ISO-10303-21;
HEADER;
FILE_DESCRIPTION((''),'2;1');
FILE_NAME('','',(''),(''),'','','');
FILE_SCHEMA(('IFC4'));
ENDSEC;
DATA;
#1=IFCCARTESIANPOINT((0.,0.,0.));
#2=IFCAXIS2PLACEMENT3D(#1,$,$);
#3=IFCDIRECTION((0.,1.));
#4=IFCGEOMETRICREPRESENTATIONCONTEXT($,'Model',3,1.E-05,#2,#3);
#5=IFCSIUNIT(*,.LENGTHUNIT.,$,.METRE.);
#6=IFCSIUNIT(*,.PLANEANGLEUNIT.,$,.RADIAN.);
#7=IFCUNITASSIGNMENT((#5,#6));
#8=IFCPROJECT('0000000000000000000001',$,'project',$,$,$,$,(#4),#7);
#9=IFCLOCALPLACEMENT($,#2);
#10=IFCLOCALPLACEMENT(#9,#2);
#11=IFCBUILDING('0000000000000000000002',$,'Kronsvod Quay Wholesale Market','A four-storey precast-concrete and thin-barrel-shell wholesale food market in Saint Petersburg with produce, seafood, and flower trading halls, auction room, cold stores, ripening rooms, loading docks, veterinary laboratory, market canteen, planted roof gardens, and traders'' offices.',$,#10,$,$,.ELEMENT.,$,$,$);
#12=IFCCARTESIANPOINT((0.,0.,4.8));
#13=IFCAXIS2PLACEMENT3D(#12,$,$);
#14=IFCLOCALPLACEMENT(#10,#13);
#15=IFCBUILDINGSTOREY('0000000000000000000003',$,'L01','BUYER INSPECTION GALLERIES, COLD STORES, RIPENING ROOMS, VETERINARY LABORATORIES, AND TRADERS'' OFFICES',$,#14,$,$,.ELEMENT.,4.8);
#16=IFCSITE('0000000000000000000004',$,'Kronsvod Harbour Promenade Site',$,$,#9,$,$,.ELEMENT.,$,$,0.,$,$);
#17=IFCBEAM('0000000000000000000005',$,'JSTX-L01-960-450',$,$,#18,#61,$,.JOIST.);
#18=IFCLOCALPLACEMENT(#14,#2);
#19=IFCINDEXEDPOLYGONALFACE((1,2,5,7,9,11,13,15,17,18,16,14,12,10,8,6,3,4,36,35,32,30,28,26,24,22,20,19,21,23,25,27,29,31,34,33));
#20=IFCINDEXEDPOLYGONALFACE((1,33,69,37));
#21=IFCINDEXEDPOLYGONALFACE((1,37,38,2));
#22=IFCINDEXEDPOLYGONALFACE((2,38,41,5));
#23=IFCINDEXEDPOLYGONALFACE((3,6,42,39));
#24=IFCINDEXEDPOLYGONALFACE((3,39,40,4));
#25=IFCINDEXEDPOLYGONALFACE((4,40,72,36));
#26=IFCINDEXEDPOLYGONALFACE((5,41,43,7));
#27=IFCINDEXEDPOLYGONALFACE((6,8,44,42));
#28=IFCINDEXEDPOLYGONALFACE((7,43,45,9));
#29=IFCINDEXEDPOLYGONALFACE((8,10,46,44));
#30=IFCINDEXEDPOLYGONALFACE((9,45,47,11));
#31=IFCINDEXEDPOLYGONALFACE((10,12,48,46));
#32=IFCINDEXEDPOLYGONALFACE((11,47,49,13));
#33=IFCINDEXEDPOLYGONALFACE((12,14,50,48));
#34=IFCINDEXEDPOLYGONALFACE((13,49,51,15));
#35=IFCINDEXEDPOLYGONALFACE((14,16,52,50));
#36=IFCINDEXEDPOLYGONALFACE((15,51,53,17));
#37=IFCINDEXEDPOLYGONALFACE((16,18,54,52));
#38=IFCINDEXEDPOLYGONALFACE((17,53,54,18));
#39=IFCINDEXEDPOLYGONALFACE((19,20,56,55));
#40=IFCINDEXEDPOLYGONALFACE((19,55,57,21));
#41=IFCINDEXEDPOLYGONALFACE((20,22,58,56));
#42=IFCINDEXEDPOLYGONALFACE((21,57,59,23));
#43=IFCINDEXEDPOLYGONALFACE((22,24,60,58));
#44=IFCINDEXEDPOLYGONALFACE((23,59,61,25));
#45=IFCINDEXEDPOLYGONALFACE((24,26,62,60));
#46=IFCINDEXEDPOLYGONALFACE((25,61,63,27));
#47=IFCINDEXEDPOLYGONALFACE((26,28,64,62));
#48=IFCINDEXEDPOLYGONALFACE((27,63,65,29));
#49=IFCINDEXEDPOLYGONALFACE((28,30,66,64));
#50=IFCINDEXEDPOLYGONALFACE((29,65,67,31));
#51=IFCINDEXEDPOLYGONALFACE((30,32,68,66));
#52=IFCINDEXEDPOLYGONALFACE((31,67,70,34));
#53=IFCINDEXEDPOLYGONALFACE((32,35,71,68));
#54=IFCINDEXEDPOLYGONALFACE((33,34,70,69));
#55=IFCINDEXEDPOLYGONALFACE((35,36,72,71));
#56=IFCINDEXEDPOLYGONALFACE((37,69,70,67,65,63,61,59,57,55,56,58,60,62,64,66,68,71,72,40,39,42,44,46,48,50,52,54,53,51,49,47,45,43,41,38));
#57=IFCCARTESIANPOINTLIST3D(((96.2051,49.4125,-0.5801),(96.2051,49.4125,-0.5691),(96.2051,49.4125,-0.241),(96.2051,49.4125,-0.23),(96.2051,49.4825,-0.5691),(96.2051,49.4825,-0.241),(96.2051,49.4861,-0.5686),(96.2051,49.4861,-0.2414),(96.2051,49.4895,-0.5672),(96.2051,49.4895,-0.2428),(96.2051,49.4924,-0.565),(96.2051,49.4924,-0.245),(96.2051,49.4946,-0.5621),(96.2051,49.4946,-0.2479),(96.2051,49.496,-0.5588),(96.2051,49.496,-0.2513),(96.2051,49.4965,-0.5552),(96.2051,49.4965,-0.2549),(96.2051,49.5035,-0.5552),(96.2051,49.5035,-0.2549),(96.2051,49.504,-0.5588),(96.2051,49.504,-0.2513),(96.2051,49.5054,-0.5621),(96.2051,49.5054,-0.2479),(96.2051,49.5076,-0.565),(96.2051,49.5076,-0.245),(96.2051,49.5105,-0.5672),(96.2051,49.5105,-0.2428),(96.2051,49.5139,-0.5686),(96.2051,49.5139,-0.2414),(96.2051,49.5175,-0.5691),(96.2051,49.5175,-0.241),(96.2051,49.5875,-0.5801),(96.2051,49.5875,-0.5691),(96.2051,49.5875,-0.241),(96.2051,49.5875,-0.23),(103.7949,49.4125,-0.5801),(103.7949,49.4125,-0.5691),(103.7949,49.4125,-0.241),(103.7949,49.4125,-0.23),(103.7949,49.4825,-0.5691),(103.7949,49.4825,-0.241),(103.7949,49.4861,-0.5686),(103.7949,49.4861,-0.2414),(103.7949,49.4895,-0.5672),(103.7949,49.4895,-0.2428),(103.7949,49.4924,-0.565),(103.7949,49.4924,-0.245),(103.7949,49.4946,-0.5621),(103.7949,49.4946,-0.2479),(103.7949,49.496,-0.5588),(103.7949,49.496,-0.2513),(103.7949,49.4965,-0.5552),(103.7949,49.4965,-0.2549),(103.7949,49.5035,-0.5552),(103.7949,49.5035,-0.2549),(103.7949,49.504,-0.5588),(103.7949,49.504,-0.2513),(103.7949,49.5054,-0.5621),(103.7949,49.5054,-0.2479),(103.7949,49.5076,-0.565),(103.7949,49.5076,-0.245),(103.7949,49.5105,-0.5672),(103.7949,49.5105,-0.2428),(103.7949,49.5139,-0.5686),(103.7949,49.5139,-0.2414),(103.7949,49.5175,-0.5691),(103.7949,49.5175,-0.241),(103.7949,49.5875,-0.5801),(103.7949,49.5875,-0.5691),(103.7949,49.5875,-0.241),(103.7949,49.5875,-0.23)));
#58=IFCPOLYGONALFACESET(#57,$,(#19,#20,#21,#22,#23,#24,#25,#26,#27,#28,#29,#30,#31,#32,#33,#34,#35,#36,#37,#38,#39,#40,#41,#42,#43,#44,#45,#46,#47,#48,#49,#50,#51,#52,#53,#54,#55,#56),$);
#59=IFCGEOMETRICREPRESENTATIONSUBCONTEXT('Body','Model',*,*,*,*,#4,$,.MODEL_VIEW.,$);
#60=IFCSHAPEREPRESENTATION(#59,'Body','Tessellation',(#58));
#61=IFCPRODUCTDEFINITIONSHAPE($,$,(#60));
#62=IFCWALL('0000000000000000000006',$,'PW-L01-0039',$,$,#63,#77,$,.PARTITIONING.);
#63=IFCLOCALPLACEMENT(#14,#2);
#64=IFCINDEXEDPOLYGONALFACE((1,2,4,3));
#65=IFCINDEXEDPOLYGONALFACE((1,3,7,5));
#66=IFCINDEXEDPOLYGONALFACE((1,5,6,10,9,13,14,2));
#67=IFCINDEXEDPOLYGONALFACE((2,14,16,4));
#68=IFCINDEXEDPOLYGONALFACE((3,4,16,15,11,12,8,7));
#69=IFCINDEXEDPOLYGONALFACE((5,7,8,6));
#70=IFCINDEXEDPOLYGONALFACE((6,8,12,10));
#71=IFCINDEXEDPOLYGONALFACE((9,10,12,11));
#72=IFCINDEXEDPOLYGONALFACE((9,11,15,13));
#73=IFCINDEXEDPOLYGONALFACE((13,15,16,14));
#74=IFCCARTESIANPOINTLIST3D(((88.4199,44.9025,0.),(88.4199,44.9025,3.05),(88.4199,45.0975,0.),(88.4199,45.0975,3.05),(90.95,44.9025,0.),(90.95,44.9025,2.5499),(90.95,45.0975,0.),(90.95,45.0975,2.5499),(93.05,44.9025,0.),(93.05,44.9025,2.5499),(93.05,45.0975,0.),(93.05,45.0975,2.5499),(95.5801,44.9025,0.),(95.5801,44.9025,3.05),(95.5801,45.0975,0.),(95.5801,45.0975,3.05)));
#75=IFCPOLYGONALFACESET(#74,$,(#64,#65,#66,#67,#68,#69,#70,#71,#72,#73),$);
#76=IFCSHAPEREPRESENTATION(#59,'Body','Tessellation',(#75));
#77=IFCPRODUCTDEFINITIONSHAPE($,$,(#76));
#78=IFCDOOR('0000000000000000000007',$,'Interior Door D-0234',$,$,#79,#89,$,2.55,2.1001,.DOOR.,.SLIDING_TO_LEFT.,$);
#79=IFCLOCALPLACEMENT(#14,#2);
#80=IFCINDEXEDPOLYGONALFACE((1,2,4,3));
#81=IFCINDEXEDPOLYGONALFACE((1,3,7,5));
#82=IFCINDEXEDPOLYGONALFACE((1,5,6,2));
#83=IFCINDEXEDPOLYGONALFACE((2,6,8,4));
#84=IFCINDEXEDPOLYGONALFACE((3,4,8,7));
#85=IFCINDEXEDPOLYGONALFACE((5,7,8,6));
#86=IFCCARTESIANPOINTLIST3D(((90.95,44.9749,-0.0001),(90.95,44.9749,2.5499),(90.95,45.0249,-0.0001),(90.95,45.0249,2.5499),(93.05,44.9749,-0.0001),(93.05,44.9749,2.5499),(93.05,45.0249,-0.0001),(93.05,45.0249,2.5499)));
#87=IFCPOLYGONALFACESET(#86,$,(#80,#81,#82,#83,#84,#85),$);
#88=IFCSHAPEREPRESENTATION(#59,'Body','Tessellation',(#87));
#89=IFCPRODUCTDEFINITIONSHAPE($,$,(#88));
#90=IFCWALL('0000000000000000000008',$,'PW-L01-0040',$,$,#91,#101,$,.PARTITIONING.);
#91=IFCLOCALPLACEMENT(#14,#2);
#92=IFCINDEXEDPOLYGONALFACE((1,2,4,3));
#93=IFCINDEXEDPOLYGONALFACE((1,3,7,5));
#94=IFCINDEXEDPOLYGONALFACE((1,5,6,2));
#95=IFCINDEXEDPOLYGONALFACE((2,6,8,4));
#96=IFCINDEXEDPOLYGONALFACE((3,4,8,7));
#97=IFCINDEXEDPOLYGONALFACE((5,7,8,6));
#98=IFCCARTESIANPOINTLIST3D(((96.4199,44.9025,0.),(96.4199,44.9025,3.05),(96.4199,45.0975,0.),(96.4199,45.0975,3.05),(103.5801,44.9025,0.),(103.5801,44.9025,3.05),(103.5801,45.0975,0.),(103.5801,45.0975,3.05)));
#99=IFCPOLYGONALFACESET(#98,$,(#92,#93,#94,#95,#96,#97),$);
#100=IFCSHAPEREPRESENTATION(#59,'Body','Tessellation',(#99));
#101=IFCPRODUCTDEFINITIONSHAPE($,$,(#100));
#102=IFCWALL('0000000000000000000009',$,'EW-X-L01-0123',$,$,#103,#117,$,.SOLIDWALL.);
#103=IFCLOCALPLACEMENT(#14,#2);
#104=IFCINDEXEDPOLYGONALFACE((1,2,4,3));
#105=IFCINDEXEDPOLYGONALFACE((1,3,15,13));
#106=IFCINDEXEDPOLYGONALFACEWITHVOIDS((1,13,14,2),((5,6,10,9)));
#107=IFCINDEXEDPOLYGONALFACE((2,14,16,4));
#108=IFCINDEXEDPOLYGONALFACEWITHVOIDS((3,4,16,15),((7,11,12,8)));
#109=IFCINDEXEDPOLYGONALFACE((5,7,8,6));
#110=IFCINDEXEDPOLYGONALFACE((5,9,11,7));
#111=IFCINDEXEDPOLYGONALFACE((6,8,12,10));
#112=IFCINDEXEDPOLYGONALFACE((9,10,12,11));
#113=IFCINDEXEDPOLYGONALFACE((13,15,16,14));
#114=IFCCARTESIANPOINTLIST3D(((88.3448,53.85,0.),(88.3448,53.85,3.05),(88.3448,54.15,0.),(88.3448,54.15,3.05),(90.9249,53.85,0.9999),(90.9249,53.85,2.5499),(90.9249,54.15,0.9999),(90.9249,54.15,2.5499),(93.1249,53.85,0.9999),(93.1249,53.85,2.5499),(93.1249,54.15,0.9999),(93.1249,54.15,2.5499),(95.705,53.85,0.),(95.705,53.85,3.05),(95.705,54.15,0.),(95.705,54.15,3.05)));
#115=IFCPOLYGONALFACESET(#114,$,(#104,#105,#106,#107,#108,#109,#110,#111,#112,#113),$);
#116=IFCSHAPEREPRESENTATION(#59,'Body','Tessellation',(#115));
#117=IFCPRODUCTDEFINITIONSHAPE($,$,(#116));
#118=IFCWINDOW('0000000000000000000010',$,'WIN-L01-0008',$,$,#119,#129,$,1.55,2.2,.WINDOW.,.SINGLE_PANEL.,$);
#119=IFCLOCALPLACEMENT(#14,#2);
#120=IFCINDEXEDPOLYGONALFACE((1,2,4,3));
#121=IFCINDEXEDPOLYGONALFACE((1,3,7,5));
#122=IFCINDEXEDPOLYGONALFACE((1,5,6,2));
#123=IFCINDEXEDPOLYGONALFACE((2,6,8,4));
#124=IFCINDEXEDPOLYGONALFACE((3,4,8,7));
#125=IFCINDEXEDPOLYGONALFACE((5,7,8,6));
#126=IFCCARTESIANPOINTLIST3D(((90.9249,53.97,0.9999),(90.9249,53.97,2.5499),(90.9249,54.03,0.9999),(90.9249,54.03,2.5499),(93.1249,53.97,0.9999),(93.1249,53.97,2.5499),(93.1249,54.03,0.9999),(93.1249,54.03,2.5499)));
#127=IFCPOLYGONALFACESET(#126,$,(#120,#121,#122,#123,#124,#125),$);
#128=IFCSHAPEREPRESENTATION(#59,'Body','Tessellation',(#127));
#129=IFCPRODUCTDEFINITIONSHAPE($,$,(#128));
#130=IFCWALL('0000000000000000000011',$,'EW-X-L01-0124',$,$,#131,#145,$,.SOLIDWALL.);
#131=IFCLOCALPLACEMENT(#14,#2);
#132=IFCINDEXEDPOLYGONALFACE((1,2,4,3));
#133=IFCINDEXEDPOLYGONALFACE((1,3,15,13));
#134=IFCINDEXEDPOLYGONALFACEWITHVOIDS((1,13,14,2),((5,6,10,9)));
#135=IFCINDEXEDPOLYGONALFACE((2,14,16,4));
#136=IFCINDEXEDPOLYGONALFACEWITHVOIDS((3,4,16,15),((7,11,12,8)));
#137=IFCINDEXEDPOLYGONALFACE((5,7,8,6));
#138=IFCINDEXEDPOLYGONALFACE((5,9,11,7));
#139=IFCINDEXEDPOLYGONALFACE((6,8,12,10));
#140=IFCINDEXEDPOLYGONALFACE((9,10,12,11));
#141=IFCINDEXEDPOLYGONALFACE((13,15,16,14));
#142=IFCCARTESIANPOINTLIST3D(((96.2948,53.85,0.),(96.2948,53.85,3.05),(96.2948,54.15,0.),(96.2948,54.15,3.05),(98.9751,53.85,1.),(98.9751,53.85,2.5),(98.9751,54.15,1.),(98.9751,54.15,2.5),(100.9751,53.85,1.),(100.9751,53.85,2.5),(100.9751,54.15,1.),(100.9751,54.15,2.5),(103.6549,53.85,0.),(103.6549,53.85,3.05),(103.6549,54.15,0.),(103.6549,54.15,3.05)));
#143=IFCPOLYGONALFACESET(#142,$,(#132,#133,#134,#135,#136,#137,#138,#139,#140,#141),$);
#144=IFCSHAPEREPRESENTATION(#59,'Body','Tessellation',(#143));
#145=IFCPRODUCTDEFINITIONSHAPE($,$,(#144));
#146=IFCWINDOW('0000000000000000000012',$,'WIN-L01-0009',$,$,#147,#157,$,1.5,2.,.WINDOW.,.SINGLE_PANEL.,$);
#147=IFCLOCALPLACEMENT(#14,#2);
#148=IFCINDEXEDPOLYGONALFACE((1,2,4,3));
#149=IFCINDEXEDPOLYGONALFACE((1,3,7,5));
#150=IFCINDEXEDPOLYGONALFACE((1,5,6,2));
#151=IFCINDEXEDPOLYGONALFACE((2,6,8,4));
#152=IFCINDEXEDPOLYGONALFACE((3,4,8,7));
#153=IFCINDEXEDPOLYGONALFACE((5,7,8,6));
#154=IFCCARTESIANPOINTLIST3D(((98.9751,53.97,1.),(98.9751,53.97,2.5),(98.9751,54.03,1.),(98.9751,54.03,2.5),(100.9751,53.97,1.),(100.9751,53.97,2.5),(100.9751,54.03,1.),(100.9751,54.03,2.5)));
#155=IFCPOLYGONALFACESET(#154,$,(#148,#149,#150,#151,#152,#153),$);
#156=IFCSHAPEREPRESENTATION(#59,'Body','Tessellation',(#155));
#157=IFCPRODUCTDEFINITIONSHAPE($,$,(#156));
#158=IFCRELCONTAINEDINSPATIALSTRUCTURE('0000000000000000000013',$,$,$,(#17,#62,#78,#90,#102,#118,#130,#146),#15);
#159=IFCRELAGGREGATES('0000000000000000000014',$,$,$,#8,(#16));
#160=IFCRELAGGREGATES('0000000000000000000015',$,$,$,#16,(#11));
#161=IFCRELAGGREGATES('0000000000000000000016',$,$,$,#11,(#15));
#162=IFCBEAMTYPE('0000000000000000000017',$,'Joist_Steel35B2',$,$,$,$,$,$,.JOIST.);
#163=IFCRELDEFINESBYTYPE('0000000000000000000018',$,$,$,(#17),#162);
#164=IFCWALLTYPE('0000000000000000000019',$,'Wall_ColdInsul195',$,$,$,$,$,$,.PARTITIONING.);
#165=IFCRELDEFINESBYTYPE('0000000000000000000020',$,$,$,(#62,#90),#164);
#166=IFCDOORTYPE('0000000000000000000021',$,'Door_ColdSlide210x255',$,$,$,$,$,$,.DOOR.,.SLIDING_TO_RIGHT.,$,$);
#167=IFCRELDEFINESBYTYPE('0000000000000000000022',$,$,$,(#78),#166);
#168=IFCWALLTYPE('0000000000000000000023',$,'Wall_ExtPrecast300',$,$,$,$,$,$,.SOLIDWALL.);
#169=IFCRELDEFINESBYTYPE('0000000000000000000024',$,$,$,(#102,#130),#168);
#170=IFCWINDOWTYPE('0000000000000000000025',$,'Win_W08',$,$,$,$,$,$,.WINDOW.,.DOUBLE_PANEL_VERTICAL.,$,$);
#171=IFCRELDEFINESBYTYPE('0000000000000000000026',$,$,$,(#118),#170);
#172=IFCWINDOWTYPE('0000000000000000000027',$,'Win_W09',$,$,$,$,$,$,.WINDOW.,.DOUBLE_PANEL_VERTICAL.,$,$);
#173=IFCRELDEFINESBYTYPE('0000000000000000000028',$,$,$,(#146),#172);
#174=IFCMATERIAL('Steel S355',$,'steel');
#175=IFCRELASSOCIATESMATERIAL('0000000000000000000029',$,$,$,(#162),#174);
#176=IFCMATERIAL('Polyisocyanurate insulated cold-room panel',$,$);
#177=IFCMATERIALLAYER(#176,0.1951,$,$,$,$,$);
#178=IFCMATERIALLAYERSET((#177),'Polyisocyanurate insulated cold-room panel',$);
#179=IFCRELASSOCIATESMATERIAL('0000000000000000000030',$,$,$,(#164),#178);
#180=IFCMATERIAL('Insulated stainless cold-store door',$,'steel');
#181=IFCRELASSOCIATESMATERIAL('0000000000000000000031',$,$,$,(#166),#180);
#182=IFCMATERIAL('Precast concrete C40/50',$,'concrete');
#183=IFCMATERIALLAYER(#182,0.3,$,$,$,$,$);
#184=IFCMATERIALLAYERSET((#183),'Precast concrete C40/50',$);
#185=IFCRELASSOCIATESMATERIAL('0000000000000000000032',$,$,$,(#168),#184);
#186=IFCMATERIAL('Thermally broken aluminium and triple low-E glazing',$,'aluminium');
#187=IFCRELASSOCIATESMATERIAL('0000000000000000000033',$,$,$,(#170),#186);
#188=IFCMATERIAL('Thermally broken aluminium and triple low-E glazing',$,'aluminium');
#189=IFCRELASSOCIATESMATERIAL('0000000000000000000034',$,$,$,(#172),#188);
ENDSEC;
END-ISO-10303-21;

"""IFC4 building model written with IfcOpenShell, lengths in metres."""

from ifc_helpers import new_model, si_unit, direction, frame, frame_2d, origin, origin_2d, place, context, subcontext, project, spatial, rectangle, i_section, extrude, material, layer, layer_set, material_profile, profile_set, type_object, element, fill, save


model = new_model("IFC4")

# Units and contexts
model_context = context("Model", 3, precision=1e-05, world=origin(), true_north=direction((0.0, 1.0)))
body_context = subcontext(model_context, "Body", "Model", "MODEL_VIEW")
ifc_project = project(units=[si_unit("LENGTHUNIT", "METRE"), si_unit("PLANEANGLEUNIT", "RADIAN")], contexts=[model_context])

# Site, building, storey
site_placement = place(None, origin())
site = spatial("IfcSite", under=ifc_project, at=site_placement, Name="Kronsvod Harbour Promenade Site", CompositionType="ELEMENT", RefElevation=0.0)
building_placement = place(site_placement, origin())
building = spatial("IfcBuilding", under=site, at=building_placement, Name="Kronsvod Quay Wholesale Market", Description="A four-storey precast-concrete and thin-barrel-shell wholesale food market in Saint Petersburg with produce, seafood, and flower trading halls, auction room, cold stores, ripening rooms, loading docks, veterinary laboratory, market canteen, planted roof gardens, and traders' offices.", CompositionType="ELEMENT")
storey_placement = place(building_placement, frame((0.0, 0.0, 4.8)))
storey = spatial("IfcBuildingStorey", under=building, at=storey_placement, Name="L01", Description="BUYER INSPECTION GALLERIES, COLD STORES, RIPENING ROOMS, VETERINARY LABORATORIES, AND TRADERS' OFFICES", CompositionType="ELEMENT", Elevation=4.8)

# Beam
ifc_material_1 = material(Name="Steel S355", Category="steel")
ifc_material_profile_1 = material_profile(ifc_material_1, i_section(OverallWidth=0.175, OverallDepth=0.3501, WebThickness=0.0071, FlangeThickness=0.011, FilletRadius=0.0139, at=origin_2d()), Name="35B2")
ifc_profile_set_1 = profile_set([ifc_material_profile_1], Name="Steel S355")
beam_type_1 = type_object("IfcBeamType", Name="Joist_Steel35B2", PredefinedType="JOIST", material=ifc_profile_set_1)
for number, where, z_axis, x_axis, name in (
    (1, (96.2051, 49.5, -0.405), (1.0, 0.0, 0.0), (0.0, 1.0, 0.0), "JSTX-L01-960-450"),
):
    element("IfcBeam", number, at=place(storey_placement, frame(where, z_axis=z_axis, x_axis=x_axis)), inside=storey, type_object=beam_type_1, Name=name, PredefinedType="JOIST", context=body_context, shape_type="SweptSolid", body=[
        extrude(i_section(OverallWidth=0.175, OverallDepth=0.3501, WebThickness=0.0071, FlangeThickness=0.011, FilletRadius=0.0139, at=origin_2d()), origin(), (0.0, 0.0, 1.0), 7.5898),
    ])

# Wall, opening, door
ifc_material_2 = material(Name="Polyisocyanurate insulated cold-room panel")
ifc_layer_1 = layer(ifc_material_2, 0.1951)
ifc_layer_set_1 = layer_set([ifc_layer_1], Name="Polyisocyanurate insulated cold-room panel")
wall_type_1 = type_object("IfcWallType", Name="Wall_ColdInsul195", PredefinedType="PARTITIONING", material=ifc_layer_set_1)
wall_1_placement = place(storey_placement, frame((88.4199, 45.0, 0.0), z_axis=(0.0, 0.0, 1.0), x_axis=(1.0, 0.0, 0.0)))
wall_1 = element("IfcWall", 2, at=wall_1_placement, inside=storey, type_object=wall_type_1, Name="PW-L01-0039", PredefinedType="PARTITIONING", context=body_context, shape_type="SweptSolid", body=[
    extrude(rectangle(XDim=7.1602, YDim=0.1951, at=frame_2d((3.5801, 0.0))), origin(), (0.0, 0.0, 1.0), 3.05),
])
opening_1_placement = place(wall_1_placement, frame((2.53, 0.0, 0.0)))
opening_1 = element("IfcOpeningElement", 3, at=opening_1_placement, cuts=wall_1, PredefinedType="OPENING", context=body_context, shape_type="SweptSolid", body=[
    extrude(rectangle(XDim=2.1001, YDim=2.55, at=frame_2d((1.05, 1.2749))), frame((0.0, 0.1074, 0.0), z_axis=(0.0, -1.0, 0.0), x_axis=(1.0, 0.0, 0.0)), (0.0, 0.0, 1.0), 0.2151),
])
ifc_material_3 = material(Name="Insulated stainless cold-store door", Category="steel")
door_type_1 = type_object("IfcDoorType", Name="Door_ColdSlide210x255", OperationType="SLIDING_TO_RIGHT", PredefinedType="DOOR", material=ifc_material_3)
door_1_placement = place(opening_1_placement, origin())
door_1 = element("IfcDoor", 4, at=door_1_placement, inside=storey, type_object=door_type_1, Name="Interior Door D-0234", OperationType="SLIDING_TO_LEFT", OverallHeight=2.55, OverallWidth=2.1001, PredefinedType="DOOR", context=body_context, shape_type="SweptSolid", body=[
    extrude(rectangle(XDim=2.1001, YDim=2.55, at=frame_2d((1.05, 1.2749))), frame((0.0, 0.0249, 0.0), z_axis=(0.0, -1.0, 0.0), x_axis=(1.0, 0.0, 0.0)), (0.0, 0.0, 1.0), 0.05),
])
fill(opening_1, door_1)

# Wall
wall_2_placement = place(storey_placement, frame((96.4199, 45.0, 0.0), z_axis=(0.0, 0.0, 1.0), x_axis=(1.0, 0.0, 0.0)))
element("IfcWall", 5, at=wall_2_placement, inside=storey, type_object=wall_type_1, Name="PW-L01-0040", PredefinedType="PARTITIONING", context=body_context, shape_type="SweptSolid", body=[
    extrude(rectangle(XDim=7.1602, YDim=0.1951, at=frame_2d((3.5801, 0.0))), origin(), (0.0, 0.0, 1.0), 3.05),
])

# Walls, openings, windows
ifc_material_4 = material(Name="Precast concrete C40/50", Category="concrete")
ifc_layer_2 = layer(ifc_material_4, 0.3)
ifc_layer_set_2 = layer_set([ifc_layer_2], Name="Precast concrete C40/50")
wall_type_2 = type_object("IfcWallType", Name="Wall_ExtPrecast300", PredefinedType="SOLIDWALL", material=ifc_layer_set_2)
wall_3_placement = place(storey_placement, frame((95.7051, 54.0, 0.0), z_axis=(0.0, 0.0, 1.0), x_axis=(-1.0, 0.0, 0.0)))
wall_3 = element("IfcWall", 6, at=wall_3_placement, inside=storey, type_object=wall_type_2, Name="EW-X-L01-0123", PredefinedType="SOLIDWALL", context=body_context, shape_type="SweptSolid", body=[
    extrude(rectangle(XDim=7.3601, YDim=0.3, at=frame_2d((3.6802, 0.0))), origin(), (0.0, 0.0, 1.0), 3.05),
])
opening_2_placement = place(wall_3_placement, frame((2.5801, 0.0, 1.0)))
opening_2 = element("IfcOpeningElement", 7, at=opening_2_placement, cuts=wall_3, PredefinedType="OPENING", context=body_context, shape_type="SweptSolid", body=[
    extrude(rectangle(XDim=2.2, YDim=1.55, at=frame_2d((1.1001, 0.7749))), frame((0.0, 0.1602, 0.0), z_axis=(0.0, -1.0, 0.0), x_axis=(1.0, 0.0, 0.0)), (0.0, 0.0, 1.0), 0.3201),
])
ifc_material_5 = material(Name="Thermally broken aluminium and triple low-E glazing", Category="aluminium")
window_type_1 = type_object("IfcWindowType", Name="Win_W08", PartitioningType="DOUBLE_PANEL_VERTICAL", PredefinedType="WINDOW", material=ifc_material_5)
window_1_placement = place(opening_2_placement, origin())
window_1 = element("IfcWindow", 8, at=window_1_placement, inside=storey, type_object=window_type_1, Name="WIN-L01-0008", OverallHeight=1.55, OverallWidth=2.2, PartitioningType="SINGLE_PANEL", PredefinedType="WINDOW", context=body_context, shape_type="SweptSolid", body=[
    extrude(rectangle(XDim=2.2, YDim=1.55, at=frame_2d((1.1001, 0.7749))), frame((0.0, 0.03, 0.0), z_axis=(0.0, -1.0, 0.0), x_axis=(1.0, 0.0, 0.0)), (0.0, 0.0, 1.0), 0.0601),
])
fill(opening_2, window_1)
wall_4_placement = place(storey_placement, frame((103.655, 54.0, 0.0), z_axis=(0.0, 0.0, 1.0), x_axis=(-1.0, 0.0, 0.0)))
wall_4 = element("IfcWall", 9, at=wall_4_placement, inside=storey, type_object=wall_type_2, Name="EW-X-L01-0124", PredefinedType="SOLIDWALL", context=body_context, shape_type="SweptSolid", body=[
    extrude(rectangle(XDim=7.3601, YDim=0.3, at=frame_2d((3.6802, 0.0))), origin(), (0.0, 0.0, 1.0), 3.05),
])
opening_3_placement = place(wall_4_placement, frame((2.6799, 0.0, 1.0)))
opening_3 = element("IfcOpeningElement", 10, at=opening_3_placement, cuts=wall_4, PredefinedType="OPENING", context=body_context, shape_type="SweptSolid", body=[
    extrude(rectangle(XDim=2.0, YDim=1.5, at=frame_2d((1.0, 0.75))), frame((0.0, 0.1602, 0.0), z_axis=(0.0, -1.0, 0.0), x_axis=(1.0, 0.0, 0.0)), (0.0, 0.0, 1.0), 0.3201),
])
ifc_material_6 = material(Name="Thermally broken aluminium and triple low-E glazing", Category="aluminium")
window_type_2 = type_object("IfcWindowType", Name="Win_W09", PartitioningType="DOUBLE_PANEL_VERTICAL", PredefinedType="WINDOW", material=ifc_material_6)
window_2_placement = place(opening_3_placement, origin())
window_2 = element("IfcWindow", 11, at=window_2_placement, inside=storey, type_object=window_type_2, Name="WIN-L01-0009", OverallHeight=1.5, OverallWidth=2.0, PartitioningType="SINGLE_PANEL", PredefinedType="WINDOW", context=body_context, shape_type="SweptSolid", body=[
    extrude(rectangle(XDim=2.0, YDim=1.5, at=frame_2d((1.0, 0.75))), frame((0.0, 0.03, 0.0), z_axis=(0.0, -1.0, 0.0), x_axis=(1.0, 0.0, 0.0)), (0.0, 0.0, 1.0), 0.0601),
])
fill(opening_3, window_2)

save(model, "model.ifc")
